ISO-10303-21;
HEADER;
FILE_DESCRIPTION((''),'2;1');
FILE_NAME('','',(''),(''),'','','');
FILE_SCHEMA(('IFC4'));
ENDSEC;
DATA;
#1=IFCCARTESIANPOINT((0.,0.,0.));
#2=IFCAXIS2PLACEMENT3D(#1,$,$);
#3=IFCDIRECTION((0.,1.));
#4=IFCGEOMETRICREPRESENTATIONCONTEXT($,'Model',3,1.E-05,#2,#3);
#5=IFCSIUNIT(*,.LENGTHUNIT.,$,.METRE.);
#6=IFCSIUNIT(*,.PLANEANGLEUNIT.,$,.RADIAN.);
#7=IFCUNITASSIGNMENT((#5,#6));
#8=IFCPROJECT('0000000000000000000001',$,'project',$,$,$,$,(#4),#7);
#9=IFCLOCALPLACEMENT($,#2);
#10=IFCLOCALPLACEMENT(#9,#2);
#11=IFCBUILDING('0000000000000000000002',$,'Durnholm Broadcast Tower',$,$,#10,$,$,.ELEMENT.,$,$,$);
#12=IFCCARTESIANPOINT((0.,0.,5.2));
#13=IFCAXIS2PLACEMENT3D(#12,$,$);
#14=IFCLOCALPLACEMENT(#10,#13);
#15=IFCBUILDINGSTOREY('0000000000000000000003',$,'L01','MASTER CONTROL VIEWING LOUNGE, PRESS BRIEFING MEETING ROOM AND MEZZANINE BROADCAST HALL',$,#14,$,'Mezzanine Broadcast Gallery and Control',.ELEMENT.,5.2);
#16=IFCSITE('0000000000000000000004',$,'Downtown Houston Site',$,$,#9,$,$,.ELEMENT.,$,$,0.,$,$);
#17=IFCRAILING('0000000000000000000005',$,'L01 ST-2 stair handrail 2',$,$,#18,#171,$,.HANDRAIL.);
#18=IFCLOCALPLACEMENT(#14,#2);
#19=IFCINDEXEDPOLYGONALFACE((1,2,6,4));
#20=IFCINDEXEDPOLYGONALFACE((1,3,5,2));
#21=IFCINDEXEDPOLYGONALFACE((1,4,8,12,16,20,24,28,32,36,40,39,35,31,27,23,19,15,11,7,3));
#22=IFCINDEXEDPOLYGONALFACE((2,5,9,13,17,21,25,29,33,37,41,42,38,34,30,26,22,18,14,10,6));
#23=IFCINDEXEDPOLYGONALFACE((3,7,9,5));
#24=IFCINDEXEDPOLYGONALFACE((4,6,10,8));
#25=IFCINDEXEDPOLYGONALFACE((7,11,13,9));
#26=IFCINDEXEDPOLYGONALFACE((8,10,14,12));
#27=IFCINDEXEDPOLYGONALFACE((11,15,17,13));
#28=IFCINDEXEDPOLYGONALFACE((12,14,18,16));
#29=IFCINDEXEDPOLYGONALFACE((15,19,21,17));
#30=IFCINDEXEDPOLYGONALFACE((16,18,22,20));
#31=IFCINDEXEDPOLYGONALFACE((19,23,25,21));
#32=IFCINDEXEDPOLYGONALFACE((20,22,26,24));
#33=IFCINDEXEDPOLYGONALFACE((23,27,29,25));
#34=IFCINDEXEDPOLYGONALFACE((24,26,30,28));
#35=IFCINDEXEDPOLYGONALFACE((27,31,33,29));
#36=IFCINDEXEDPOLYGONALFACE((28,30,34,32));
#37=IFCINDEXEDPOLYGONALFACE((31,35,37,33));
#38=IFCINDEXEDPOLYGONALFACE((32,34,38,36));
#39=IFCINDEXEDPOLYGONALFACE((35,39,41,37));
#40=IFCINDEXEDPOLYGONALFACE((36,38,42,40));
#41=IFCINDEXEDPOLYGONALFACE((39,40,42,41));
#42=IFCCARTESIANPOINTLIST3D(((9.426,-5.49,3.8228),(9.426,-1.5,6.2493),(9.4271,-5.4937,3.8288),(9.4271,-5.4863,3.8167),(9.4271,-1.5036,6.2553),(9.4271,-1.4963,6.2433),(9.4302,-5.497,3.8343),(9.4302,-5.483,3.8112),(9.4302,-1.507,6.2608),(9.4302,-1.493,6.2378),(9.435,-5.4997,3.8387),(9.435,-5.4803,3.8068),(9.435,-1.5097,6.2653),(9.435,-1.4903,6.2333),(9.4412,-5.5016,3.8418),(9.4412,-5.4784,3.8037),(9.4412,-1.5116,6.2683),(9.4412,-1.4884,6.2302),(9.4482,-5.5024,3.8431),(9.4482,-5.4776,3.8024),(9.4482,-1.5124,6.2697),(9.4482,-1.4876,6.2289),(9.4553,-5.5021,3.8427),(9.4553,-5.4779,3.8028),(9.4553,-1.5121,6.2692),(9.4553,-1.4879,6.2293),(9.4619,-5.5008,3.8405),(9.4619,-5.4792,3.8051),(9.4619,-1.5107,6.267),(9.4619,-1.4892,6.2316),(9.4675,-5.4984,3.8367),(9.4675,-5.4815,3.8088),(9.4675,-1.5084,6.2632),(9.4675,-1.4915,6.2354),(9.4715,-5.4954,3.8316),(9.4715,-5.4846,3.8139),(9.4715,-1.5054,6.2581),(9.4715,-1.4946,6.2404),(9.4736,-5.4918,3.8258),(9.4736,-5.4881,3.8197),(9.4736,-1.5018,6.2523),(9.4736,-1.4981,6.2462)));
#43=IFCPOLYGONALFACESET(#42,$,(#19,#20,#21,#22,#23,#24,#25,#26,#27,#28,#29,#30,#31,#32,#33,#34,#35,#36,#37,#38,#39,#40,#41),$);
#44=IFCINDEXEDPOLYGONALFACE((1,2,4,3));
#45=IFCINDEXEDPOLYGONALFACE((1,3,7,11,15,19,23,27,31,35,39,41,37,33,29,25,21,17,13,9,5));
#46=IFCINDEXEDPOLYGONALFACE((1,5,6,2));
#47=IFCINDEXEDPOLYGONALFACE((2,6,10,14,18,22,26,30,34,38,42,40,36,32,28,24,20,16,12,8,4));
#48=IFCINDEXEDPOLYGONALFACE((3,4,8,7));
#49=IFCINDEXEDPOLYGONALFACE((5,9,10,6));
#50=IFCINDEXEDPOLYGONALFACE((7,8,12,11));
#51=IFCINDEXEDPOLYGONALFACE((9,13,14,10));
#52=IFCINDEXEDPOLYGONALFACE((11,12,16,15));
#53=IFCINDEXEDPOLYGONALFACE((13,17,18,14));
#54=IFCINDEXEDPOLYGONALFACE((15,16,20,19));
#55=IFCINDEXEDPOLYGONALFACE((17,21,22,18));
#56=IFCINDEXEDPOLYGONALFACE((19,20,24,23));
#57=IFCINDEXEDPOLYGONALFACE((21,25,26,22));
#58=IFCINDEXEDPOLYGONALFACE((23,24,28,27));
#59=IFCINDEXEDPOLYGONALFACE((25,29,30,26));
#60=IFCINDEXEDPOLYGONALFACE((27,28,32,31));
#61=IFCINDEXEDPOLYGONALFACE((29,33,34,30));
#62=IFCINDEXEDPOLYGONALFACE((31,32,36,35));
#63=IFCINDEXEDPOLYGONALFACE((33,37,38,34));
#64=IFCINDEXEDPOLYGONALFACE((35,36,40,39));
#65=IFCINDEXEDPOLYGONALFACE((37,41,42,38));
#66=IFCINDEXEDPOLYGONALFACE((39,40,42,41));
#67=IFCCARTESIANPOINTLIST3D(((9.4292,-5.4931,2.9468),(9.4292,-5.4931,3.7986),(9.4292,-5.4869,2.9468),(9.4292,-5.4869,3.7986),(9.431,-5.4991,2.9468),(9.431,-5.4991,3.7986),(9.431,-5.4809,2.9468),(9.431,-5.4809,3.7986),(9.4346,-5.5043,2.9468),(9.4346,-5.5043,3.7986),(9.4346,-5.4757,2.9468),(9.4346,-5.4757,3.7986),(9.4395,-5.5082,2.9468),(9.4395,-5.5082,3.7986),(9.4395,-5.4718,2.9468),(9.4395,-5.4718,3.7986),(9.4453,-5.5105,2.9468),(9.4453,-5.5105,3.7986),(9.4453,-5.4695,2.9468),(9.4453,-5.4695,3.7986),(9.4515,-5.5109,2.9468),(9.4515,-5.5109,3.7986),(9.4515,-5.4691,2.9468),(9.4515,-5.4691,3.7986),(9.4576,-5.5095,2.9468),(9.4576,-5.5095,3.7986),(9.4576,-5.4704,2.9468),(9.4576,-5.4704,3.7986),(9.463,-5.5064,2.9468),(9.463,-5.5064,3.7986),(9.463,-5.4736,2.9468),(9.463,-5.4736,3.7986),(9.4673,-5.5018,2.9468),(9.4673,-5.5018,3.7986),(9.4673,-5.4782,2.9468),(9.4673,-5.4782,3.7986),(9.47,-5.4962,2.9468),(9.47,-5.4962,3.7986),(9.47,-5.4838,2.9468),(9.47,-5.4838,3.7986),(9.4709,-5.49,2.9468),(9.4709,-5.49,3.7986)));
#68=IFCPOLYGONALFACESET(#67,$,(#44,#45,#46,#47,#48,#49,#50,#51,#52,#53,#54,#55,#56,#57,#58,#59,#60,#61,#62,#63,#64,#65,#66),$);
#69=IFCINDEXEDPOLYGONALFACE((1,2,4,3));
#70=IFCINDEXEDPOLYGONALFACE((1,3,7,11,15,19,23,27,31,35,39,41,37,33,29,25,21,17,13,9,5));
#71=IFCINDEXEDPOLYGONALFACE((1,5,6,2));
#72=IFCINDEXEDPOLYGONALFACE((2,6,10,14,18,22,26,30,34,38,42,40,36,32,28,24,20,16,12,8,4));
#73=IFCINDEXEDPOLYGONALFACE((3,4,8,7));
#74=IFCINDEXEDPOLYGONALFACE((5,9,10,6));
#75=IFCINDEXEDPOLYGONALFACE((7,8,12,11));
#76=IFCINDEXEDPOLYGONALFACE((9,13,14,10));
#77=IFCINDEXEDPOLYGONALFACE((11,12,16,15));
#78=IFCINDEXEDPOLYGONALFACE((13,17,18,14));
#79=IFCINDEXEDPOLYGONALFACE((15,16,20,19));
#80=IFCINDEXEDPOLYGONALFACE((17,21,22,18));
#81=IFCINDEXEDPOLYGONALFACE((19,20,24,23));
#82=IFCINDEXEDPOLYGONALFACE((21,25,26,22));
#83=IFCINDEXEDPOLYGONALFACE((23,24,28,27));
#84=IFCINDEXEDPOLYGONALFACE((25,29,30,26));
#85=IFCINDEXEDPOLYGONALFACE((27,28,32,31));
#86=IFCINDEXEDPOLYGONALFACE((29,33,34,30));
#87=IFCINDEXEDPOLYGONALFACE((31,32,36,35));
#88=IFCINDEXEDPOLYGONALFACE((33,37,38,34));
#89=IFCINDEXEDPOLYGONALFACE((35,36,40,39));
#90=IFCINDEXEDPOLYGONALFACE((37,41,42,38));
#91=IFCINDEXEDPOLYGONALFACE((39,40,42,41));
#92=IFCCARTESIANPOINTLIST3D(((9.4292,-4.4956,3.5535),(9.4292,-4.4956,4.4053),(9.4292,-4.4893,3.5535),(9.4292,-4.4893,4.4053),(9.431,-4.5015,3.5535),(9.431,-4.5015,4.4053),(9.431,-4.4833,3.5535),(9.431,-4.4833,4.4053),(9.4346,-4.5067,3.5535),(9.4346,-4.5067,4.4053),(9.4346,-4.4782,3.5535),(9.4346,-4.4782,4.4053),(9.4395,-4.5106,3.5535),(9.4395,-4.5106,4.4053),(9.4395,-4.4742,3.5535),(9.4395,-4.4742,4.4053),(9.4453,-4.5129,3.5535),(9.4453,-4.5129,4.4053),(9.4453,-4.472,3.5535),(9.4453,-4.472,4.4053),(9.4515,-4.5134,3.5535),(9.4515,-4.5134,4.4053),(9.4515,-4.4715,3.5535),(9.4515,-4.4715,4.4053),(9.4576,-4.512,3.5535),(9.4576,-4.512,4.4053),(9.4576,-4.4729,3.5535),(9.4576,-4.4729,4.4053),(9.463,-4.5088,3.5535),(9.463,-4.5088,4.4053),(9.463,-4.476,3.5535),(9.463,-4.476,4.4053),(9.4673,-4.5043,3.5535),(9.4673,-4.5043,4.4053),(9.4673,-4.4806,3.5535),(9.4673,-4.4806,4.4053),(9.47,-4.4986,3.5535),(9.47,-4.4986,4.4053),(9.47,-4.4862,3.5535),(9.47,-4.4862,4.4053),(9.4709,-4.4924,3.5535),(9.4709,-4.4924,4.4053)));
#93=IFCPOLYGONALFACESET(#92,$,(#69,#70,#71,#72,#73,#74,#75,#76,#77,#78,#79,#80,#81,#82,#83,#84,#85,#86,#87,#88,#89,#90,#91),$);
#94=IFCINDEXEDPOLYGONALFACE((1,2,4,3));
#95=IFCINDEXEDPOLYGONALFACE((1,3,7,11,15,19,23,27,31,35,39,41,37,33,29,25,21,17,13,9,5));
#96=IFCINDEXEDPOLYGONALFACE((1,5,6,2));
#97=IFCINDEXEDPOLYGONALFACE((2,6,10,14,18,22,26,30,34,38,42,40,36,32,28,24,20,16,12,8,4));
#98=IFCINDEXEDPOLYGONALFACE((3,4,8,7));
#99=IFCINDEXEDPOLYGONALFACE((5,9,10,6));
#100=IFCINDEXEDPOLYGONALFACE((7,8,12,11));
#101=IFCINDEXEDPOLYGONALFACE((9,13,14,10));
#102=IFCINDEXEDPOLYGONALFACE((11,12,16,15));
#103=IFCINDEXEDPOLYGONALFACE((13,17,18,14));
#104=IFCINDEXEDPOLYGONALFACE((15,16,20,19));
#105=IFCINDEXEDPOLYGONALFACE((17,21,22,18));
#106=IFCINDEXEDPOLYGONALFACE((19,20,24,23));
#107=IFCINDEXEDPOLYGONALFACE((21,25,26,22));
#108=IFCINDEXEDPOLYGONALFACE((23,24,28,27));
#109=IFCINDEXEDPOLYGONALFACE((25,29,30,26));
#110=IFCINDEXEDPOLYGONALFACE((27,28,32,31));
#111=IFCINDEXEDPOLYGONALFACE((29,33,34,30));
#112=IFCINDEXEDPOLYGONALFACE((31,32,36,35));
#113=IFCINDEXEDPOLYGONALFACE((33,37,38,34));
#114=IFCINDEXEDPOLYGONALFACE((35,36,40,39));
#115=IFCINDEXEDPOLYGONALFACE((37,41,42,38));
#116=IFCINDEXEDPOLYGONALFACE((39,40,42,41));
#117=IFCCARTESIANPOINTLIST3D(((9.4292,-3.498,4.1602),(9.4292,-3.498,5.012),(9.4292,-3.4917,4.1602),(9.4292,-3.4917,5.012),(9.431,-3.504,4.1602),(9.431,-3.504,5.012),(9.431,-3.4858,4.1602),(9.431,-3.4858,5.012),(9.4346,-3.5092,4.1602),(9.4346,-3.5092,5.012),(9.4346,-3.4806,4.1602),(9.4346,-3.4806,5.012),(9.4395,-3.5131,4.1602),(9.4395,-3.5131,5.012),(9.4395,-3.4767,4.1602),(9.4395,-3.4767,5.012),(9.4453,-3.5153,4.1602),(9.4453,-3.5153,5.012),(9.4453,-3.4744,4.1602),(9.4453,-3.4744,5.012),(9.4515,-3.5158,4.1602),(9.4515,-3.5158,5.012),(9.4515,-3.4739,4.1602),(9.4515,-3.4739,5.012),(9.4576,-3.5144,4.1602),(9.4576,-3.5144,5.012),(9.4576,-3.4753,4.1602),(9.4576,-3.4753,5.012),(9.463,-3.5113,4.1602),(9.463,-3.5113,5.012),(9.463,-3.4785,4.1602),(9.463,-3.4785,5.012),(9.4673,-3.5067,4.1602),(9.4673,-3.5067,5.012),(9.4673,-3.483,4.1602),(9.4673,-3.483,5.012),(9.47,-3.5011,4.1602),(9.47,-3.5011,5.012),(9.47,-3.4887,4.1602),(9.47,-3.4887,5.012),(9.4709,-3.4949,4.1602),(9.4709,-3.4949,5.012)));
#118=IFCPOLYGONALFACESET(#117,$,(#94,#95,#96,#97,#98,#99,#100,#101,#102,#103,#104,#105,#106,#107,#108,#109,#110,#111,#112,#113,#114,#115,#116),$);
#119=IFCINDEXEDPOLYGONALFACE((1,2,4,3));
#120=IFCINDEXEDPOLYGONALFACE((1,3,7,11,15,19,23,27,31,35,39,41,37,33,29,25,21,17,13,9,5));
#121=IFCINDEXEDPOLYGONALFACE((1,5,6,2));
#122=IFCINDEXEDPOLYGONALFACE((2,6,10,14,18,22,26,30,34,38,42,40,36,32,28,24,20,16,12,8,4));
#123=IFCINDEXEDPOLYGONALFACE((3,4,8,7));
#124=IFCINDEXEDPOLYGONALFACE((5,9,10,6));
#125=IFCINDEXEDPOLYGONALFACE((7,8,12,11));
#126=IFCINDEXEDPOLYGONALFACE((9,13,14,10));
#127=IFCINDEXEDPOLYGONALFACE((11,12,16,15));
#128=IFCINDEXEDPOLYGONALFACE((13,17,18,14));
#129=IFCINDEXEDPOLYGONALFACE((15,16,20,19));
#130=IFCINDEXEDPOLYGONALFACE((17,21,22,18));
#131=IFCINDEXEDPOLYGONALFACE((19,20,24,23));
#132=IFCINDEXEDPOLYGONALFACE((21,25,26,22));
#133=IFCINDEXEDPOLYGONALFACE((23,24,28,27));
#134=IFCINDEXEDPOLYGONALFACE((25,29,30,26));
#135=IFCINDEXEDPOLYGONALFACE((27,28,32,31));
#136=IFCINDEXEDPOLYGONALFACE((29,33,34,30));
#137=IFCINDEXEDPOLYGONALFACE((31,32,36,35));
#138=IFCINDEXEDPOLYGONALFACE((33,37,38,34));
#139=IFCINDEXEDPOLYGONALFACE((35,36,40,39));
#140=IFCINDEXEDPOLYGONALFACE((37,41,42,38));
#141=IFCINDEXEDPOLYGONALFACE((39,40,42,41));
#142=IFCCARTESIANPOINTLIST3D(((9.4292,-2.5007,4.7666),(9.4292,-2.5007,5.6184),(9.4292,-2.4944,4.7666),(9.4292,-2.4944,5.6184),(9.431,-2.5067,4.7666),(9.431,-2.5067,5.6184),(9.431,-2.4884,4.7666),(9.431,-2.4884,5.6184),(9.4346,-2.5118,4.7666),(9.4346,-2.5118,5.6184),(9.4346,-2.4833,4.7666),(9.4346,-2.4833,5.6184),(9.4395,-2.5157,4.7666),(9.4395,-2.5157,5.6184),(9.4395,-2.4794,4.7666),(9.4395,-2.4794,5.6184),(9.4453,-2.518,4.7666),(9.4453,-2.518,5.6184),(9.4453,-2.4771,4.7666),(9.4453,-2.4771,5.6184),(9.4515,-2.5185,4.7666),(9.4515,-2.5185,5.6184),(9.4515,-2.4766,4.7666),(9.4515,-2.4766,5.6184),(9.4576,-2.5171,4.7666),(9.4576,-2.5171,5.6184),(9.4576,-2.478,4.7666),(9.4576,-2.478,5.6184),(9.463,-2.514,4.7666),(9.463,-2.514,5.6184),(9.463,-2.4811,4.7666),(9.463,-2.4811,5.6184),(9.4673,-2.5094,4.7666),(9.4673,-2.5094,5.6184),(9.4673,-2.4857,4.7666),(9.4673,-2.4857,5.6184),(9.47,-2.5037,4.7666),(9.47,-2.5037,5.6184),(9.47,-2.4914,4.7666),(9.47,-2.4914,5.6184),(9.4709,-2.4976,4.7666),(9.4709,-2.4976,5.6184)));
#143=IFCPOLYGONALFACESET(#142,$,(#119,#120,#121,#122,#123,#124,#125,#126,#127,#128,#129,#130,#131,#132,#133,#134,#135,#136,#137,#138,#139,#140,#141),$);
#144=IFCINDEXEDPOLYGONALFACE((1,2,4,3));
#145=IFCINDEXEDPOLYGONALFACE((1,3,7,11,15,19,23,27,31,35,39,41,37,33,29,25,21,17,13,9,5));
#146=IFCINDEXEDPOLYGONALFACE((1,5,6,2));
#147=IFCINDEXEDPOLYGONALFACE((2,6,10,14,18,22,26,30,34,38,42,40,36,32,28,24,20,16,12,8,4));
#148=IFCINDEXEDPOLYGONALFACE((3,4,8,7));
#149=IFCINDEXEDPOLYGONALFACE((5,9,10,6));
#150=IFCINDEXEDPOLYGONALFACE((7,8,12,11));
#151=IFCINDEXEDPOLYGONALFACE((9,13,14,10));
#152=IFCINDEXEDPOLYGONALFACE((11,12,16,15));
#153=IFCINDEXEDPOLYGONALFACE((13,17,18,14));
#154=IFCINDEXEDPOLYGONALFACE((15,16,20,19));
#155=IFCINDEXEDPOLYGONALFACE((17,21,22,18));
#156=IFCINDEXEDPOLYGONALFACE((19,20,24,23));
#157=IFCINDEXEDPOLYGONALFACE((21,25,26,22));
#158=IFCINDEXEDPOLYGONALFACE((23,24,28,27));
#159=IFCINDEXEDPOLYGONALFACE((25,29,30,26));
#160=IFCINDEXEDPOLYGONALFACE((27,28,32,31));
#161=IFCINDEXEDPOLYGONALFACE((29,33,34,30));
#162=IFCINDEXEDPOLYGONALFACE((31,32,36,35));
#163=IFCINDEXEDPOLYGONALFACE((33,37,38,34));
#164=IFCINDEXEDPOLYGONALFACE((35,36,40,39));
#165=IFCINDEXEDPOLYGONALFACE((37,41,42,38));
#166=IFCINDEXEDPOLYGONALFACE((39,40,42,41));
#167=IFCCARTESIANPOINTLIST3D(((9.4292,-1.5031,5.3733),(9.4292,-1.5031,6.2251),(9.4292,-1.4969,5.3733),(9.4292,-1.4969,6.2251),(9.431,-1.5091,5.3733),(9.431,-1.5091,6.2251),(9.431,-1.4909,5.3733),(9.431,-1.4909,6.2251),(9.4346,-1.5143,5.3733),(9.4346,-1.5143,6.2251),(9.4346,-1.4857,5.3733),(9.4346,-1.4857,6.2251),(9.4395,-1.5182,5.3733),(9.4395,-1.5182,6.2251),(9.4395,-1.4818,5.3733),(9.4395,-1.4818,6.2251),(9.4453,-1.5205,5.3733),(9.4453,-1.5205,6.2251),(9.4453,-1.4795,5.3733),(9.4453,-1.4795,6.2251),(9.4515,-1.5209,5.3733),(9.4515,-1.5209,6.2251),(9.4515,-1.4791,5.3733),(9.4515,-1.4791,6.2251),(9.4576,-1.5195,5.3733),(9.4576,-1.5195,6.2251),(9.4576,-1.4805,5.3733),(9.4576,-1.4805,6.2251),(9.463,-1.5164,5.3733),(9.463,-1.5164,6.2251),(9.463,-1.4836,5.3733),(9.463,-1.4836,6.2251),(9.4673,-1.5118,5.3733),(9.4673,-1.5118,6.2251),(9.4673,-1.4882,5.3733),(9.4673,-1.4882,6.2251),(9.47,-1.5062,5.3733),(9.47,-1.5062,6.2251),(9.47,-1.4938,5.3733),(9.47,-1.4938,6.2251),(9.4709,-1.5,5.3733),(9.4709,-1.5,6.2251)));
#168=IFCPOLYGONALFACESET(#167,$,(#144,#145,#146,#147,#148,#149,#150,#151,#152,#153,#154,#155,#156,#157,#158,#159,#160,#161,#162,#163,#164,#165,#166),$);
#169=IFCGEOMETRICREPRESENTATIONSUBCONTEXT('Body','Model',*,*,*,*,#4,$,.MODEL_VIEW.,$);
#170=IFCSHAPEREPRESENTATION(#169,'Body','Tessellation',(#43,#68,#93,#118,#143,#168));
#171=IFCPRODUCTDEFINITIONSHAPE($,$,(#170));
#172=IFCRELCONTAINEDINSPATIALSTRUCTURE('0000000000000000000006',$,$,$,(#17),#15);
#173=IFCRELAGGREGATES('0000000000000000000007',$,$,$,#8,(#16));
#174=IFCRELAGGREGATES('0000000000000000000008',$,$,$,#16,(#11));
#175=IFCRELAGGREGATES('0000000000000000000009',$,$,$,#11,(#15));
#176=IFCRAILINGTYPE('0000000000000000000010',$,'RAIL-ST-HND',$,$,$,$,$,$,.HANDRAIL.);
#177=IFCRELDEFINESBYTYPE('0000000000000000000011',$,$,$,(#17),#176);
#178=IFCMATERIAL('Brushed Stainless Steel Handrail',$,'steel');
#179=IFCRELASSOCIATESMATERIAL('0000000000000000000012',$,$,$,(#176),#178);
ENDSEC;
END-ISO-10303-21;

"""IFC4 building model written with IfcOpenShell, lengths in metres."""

from ifc_helpers import new_model, si_unit, direction, frame, origin, origin_2d, place, context, subcontext, project, spatial, circle, extrude, material, type_object, element, save


model = new_model("IFC4")

# Units and contexts
model_context = context("Model", 3, precision=1e-05, world=origin(), true_north=direction((0.0, 1.0)))
body_context = subcontext(model_context, "Body", "Model", "MODEL_VIEW")
ifc_project = project(units=[si_unit("LENGTHUNIT", "METRE"), si_unit("PLANEANGLEUNIT", "RADIAN")], contexts=[model_context])

# Site, building, storey
site_placement = place(None, origin())
site = spatial("IfcSite", under=ifc_project, at=site_placement, Name="Downtown Houston Site", CompositionType="ELEMENT", RefElevation=0.0)
building_placement = place(site_placement, origin())
building = spatial("IfcBuilding", under=site, at=building_placement, Name="Durnholm Broadcast Tower", CompositionType="ELEMENT")
storey_placement = place(building_placement, frame((0.0, 0.0, 5.2)))
storey = spatial("IfcBuildingStorey", under=building, at=storey_placement, Name="L01", Description="MASTER CONTROL VIEWING LOUNGE, PRESS BRIEFING MEETING ROOM AND MEZZANINE BROADCAST HALL", LongName="Mezzanine Broadcast Gallery and Control", CompositionType="ELEMENT", Elevation=5.2)

# Railing
ifc_material_1 = material(Name="Brushed Stainless Steel Handrail", Category="steel")
railing_type_1 = type_object("IfcRailingType", Name="RAIL-ST-HND", PredefinedType="HANDRAIL", material=ifc_material_1)
railing_1_placement = place(storey_placement, frame((9.45, -5.49, 2.9468)))
element("IfcRailing", 1, at=railing_1_placement, inside=storey, type_object=railing_type_1, Name="L01 ST-2 stair handrail 2", PredefinedType="HANDRAIL", context=body_context, shape_type="SweptSolid", body=[
    extrude(circle(Radius=0.0239, at=origin_2d()), frame((0.0, 0.0, 0.876), z_axis=(0.0, 0.854405, 0.519607), x_axis=(-1.0, 0.0, 0.0)), (0.0, 0.0, 1.0), 4.6699),
    extrude(circle(Radius=0.021, at=origin_2d()), origin(), (0.0, 0.0, 1.0), 0.8518),
    extrude(circle(Radius=0.021, at=origin_2d()), frame((0.0, 0.9976, 0.6067)), (0.0, 0.0, 1.0), 0.8518),
    extrude(circle(Radius=0.021, at=origin_2d()), frame((0.0, 1.9951, 1.2134)), (0.0, 0.0, 1.0), 0.8518),
    extrude(circle(Radius=0.021, at=origin_2d()), frame((0.0, 2.9924, 1.8198)), (0.0, 0.0, 1.0), 0.8518),
    extrude(circle(Radius=0.021, at=origin_2d()), frame((0.0, 3.99, 2.4265)), (0.0, 0.0, 1.0), 0.8518),
])

save(model, "model.ifc")
